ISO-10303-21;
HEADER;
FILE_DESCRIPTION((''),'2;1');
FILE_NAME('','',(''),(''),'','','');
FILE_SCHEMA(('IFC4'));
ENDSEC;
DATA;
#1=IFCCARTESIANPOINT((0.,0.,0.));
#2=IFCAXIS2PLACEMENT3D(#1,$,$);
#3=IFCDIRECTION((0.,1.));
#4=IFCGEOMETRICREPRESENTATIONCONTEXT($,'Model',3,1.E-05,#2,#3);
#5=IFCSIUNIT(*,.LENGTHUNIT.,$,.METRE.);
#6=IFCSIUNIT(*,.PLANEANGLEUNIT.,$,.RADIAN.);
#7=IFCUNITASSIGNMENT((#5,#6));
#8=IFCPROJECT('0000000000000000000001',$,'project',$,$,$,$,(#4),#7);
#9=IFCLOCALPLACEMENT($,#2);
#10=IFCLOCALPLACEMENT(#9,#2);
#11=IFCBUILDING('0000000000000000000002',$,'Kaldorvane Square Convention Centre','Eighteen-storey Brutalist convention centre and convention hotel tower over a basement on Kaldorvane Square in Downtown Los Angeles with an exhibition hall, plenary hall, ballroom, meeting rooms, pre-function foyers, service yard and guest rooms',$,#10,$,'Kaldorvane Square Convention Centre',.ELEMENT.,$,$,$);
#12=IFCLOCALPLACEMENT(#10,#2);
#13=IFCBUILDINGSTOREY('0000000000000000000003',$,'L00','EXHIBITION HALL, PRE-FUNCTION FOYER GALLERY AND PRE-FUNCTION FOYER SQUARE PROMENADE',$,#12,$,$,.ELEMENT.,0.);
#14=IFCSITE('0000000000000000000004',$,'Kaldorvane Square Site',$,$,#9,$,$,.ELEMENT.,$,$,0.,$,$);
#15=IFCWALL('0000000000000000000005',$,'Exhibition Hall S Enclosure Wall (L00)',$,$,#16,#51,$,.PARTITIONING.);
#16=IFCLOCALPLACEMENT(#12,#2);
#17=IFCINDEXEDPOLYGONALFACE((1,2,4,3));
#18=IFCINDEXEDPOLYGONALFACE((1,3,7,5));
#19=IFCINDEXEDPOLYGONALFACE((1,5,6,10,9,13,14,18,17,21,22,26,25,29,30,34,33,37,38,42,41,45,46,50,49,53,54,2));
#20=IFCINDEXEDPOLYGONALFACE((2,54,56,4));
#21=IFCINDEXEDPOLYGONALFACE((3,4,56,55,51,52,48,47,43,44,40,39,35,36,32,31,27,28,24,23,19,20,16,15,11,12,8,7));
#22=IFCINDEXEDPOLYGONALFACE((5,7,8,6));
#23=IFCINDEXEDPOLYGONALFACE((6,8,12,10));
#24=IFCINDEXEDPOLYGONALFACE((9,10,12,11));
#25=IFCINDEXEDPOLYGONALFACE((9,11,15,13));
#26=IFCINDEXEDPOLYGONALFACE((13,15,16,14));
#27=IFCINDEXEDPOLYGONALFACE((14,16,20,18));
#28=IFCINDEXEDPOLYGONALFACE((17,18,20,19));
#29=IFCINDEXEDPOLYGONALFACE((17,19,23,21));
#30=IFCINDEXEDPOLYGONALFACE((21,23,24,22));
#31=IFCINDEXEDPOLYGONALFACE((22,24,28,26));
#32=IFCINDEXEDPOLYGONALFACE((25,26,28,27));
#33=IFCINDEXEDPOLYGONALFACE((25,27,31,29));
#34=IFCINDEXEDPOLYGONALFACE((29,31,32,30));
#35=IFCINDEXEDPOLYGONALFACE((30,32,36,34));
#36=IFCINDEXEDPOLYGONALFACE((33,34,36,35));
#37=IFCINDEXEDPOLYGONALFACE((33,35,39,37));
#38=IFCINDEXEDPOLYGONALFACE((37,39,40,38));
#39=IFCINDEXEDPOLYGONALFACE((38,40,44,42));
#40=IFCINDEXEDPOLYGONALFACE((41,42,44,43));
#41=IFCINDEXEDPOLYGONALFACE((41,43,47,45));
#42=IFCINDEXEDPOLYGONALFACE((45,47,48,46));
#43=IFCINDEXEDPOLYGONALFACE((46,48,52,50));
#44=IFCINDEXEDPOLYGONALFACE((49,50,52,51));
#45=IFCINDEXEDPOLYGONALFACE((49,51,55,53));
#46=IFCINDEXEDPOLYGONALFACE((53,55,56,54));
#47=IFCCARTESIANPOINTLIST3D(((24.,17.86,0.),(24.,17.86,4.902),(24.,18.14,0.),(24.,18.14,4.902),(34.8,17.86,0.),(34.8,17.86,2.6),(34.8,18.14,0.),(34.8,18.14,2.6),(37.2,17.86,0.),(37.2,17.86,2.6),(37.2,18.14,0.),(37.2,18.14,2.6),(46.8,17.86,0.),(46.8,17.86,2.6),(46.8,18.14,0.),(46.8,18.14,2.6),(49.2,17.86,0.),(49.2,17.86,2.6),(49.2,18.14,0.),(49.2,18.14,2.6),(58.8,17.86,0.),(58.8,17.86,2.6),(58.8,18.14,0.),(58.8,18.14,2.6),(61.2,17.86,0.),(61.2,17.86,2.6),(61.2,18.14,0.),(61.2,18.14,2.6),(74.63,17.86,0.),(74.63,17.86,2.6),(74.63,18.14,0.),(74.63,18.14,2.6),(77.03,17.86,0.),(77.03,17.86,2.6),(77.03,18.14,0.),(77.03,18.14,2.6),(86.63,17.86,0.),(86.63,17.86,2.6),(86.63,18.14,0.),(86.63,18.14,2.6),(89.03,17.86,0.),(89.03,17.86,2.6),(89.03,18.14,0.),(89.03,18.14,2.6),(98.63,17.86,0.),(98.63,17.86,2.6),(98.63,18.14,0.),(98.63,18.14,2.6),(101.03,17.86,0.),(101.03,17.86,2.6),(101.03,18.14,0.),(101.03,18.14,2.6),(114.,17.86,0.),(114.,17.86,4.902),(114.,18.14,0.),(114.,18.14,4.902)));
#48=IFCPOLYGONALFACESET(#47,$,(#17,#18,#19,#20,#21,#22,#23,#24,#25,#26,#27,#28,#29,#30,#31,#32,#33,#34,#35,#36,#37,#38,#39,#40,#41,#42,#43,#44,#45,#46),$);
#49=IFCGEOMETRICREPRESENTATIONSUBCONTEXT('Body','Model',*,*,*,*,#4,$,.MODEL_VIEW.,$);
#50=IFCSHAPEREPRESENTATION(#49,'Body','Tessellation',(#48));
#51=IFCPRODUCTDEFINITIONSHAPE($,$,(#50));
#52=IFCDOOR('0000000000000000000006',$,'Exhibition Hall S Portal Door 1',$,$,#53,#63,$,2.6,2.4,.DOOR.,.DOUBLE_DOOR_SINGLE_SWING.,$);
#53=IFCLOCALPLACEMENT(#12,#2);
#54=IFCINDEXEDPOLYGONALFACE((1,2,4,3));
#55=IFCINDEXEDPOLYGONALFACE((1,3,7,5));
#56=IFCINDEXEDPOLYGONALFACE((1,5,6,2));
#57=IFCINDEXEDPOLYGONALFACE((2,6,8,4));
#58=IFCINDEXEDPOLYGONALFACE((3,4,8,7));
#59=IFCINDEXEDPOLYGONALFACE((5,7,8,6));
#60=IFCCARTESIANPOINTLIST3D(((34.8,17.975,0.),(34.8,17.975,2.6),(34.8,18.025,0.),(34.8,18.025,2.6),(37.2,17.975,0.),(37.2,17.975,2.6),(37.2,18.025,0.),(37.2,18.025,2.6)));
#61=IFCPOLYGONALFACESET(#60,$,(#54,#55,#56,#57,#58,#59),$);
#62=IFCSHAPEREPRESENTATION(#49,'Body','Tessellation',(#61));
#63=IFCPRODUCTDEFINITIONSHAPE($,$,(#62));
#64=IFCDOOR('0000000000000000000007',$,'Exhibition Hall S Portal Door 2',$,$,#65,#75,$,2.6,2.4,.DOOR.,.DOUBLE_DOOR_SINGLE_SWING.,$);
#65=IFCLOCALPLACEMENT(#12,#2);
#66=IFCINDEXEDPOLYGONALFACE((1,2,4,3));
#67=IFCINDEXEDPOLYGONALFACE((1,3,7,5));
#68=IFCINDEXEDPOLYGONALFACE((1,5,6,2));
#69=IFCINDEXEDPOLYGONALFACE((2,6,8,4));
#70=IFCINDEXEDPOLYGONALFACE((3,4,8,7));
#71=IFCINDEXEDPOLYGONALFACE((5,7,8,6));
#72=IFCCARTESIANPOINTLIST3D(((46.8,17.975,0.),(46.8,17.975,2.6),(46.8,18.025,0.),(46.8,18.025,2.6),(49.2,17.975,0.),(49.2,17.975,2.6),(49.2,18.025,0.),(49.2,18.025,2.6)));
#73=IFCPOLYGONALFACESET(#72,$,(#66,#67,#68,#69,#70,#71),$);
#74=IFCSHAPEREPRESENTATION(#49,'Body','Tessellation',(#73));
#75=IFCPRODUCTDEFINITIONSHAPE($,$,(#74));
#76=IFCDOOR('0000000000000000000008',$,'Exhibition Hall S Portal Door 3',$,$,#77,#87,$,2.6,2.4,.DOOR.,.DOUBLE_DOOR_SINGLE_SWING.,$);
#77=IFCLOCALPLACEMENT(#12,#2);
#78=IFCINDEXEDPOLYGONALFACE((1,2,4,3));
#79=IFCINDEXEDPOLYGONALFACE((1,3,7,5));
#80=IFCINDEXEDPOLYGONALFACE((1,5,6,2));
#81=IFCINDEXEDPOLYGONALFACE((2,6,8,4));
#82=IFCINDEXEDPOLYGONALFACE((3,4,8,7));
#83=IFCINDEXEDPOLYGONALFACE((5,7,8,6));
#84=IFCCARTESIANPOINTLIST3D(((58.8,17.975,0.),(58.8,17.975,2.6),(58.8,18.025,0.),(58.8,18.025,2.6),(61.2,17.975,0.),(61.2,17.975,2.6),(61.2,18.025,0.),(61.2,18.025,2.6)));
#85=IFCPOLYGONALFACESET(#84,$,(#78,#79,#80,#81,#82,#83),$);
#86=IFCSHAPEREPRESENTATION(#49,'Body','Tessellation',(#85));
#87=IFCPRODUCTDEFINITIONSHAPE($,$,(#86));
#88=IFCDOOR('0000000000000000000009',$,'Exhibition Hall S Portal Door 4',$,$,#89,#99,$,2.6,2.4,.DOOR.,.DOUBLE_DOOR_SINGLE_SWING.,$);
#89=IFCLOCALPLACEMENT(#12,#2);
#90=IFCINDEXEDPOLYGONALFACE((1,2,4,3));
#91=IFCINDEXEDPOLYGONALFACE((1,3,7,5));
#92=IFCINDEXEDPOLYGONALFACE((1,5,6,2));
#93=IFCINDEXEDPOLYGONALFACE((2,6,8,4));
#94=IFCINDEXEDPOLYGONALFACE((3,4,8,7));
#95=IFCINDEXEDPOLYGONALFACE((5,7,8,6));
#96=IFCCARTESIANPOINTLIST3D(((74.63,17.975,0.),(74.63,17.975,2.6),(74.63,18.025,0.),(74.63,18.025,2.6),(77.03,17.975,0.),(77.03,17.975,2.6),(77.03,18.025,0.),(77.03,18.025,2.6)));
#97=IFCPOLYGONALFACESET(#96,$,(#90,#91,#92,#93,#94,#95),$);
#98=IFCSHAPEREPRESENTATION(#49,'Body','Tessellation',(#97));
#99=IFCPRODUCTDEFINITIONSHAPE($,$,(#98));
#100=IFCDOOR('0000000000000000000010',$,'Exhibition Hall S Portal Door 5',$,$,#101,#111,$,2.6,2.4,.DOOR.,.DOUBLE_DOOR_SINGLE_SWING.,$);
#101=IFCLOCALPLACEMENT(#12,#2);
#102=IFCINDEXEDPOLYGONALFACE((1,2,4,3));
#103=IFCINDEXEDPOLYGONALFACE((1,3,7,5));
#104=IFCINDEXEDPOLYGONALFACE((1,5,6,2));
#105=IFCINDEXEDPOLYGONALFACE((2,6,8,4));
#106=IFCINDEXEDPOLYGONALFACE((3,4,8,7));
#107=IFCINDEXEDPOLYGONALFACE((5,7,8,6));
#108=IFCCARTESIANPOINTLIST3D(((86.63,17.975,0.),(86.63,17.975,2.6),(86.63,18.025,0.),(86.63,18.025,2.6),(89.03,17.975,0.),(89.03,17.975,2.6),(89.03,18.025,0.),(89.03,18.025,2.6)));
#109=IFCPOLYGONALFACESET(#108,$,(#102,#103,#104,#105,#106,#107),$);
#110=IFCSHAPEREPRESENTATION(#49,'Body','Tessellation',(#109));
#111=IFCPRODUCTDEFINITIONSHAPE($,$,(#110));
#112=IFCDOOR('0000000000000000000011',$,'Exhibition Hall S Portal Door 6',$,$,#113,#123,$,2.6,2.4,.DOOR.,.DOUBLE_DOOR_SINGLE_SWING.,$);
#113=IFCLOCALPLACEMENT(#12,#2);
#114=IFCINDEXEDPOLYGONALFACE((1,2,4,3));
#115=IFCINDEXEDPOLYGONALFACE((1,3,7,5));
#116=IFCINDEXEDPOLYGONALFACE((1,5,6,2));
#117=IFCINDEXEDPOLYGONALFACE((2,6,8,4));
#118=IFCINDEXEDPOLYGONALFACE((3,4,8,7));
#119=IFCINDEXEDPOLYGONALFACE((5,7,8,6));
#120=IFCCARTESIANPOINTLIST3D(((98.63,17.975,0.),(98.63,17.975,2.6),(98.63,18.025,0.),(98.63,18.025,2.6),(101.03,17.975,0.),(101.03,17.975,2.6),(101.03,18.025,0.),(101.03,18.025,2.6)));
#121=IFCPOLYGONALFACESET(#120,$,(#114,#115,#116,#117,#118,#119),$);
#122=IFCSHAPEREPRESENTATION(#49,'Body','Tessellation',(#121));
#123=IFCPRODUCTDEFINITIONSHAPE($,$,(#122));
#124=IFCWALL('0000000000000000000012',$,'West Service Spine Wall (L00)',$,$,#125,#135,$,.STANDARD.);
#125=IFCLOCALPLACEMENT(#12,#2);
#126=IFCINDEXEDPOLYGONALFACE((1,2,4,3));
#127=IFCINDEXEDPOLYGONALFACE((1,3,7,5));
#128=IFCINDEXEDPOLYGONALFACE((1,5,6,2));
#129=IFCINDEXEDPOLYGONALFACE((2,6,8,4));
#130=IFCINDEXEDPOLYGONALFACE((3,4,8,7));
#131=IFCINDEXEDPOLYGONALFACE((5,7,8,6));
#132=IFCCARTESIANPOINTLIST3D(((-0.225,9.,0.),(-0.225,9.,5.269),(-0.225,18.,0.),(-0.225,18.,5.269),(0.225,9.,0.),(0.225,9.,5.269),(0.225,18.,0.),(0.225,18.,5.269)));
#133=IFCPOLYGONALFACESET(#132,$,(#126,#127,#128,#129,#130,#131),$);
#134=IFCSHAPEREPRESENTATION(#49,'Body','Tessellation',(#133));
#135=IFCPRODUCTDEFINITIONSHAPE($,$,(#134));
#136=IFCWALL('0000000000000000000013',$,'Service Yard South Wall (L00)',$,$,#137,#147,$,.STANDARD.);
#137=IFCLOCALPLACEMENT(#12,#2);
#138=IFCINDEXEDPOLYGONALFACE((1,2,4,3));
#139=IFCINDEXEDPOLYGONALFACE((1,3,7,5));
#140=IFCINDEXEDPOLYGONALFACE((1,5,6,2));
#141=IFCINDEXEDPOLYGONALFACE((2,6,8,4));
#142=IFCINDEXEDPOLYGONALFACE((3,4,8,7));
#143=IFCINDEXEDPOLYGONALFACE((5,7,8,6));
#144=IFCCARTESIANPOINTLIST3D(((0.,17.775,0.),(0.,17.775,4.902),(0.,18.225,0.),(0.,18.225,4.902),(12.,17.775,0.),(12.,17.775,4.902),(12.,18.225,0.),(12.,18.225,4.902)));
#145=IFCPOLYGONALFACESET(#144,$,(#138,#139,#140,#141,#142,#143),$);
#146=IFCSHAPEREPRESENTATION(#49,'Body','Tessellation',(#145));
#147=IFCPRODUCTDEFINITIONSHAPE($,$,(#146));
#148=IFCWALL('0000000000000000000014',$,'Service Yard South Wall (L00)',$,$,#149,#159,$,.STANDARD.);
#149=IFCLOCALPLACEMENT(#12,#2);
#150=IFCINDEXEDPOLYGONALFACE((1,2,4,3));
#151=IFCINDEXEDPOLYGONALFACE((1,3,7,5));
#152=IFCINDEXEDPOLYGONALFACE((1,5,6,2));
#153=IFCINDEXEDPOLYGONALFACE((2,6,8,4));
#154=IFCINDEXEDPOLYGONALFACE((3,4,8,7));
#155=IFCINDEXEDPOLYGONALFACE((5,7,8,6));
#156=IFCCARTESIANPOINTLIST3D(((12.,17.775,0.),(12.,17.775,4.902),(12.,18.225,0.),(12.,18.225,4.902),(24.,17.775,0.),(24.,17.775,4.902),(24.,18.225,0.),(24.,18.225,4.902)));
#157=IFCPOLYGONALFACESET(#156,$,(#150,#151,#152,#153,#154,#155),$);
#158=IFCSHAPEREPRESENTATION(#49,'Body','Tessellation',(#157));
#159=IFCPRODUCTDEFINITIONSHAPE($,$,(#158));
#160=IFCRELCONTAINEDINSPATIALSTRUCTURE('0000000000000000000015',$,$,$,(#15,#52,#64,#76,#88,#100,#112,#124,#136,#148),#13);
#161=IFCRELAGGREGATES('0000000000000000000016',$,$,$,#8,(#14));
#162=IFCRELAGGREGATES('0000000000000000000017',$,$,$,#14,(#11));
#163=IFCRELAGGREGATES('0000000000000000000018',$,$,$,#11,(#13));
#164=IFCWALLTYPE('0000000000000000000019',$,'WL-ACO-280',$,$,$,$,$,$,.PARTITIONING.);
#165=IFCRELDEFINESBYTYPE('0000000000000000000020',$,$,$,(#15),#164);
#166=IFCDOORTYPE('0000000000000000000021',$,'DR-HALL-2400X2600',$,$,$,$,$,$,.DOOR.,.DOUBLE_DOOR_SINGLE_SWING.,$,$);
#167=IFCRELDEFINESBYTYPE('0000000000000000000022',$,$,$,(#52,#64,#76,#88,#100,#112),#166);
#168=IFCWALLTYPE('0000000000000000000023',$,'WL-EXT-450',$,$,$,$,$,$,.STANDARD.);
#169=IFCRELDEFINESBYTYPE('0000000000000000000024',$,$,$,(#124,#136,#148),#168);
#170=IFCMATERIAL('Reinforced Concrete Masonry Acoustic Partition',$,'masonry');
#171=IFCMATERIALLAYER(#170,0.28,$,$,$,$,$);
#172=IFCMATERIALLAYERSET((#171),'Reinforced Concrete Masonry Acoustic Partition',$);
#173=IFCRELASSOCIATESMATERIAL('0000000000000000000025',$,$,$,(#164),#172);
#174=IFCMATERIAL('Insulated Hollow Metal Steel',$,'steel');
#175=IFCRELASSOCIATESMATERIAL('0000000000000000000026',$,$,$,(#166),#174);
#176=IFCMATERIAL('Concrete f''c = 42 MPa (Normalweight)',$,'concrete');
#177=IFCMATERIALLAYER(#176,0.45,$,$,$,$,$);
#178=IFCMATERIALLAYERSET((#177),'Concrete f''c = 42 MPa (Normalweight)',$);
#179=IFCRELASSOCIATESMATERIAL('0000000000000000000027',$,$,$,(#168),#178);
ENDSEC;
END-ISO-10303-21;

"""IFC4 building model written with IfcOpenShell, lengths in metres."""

from ifc_helpers import new_model, si_unit, direction, frame, frame_2d, origin, place, context, subcontext, project, spatial, rectangle, extrude, material, layer, layer_set, type_object, element, fill, save


model = new_model("IFC4")

# Units and contexts
model_context = context("Model", 3, precision=1e-05, world=origin(), true_north=direction((0.0, 1.0)))
body_context = subcontext(model_context, "Body", "Model", "MODEL_VIEW")
ifc_project = project(units=[si_unit("LENGTHUNIT", "METRE"), si_unit("PLANEANGLEUNIT", "RADIAN")], contexts=[model_context])

# Site, building, storey
site_placement = place(None, origin())
site = spatial("IfcSite", under=ifc_project, at=site_placement, Name="Kaldorvane Square Site", CompositionType="ELEMENT", RefElevation=0.0)
building_placement = place(site_placement, origin())
building = spatial("IfcBuilding", under=site, at=building_placement, Name="Kaldorvane Square Convention Centre", Description="Eighteen-storey Brutalist convention centre and convention hotel tower over a basement on Kaldorvane Square in Downtown Los Angeles with an exhibition hall, plenary hall, ballroom, meeting rooms, pre-function foyers, service yard and guest rooms", LongName="Kaldorvane Square Convention Centre", CompositionType="ELEMENT")
storey_placement = place(building_placement, origin())
storey = spatial("IfcBuildingStorey", under=building, at=storey_placement, Name="L00", Description="EXHIBITION HALL, PRE-FUNCTION FOYER GALLERY AND PRE-FUNCTION FOYER SQUARE PROMENADE", CompositionType="ELEMENT", Elevation=0.0)

# Wall, openings, doors
ifc_material_1 = material(Name="Reinforced Concrete Masonry Acoustic Partition", Category="masonry")
ifc_layer_1 = layer(ifc_material_1, 0.28)
ifc_layer_set_1 = layer_set([ifc_layer_1], Name="Reinforced Concrete Masonry Acoustic Partition")
wall_type_1 = type_object("IfcWallType", Name="WL-ACO-280", PredefinedType="PARTITIONING", material=ifc_layer_set_1)
wall_1_placement = place(storey_placement, frame((24.0, 18.0, 0.0), z_axis=(0.0, 0.0, 1.0), x_axis=(1.0, 0.0, 0.0)))
wall_1 = element("IfcWall", 1, at=wall_1_placement, inside=storey, type_object=wall_type_1, Name="Exhibition Hall S Enclosure Wall (L00)", PredefinedType="PARTITIONING", context=body_context, shape_type="SweptSolid", body=[
    extrude(rectangle(XDim=90.0, YDim=0.28, at=frame_2d((45.0, 0.0))), origin(), (0.0, 0.0, 1.0), 4.902),
])
opening_1_placement = place(wall_1_placement, frame((10.8, 0.0, 0.0)))
opening_1 = element("IfcOpeningElement", 2, at=opening_1_placement, cuts=wall_1, PredefinedType="OPENING", context=body_context, shape_type="SweptSolid", body=[
    extrude(rectangle(XDim=2.4, YDim=2.6, at=frame_2d((1.2, 1.3))), frame((0.0, 0.155, 0.0), z_axis=(0.0, -1.0, 0.0), x_axis=(1.0, 0.0, 0.0)), (0.0, 0.0, 1.0), 0.31),
])
opening_2_placement = place(wall_1_placement, frame((22.8, 0.0, 0.0)))
opening_2 = element("IfcOpeningElement", 3, at=opening_2_placement, cuts=wall_1, PredefinedType="OPENING", context=body_context, shape_type="SweptSolid", body=[
    extrude(rectangle(XDim=2.4, YDim=2.6, at=frame_2d((1.2, 1.3))), frame((0.0, 0.155, 0.0), z_axis=(0.0, -1.0, 0.0), x_axis=(1.0, 0.0, 0.0)), (0.0, 0.0, 1.0), 0.31),
])
opening_3_placement = place(wall_1_placement, frame((34.8, 0.0, 0.0)))
opening_3 = element("IfcOpeningElement", 4, at=opening_3_placement, cuts=wall_1, PredefinedType="OPENING", context=body_context, shape_type="SweptSolid", body=[
    extrude(rectangle(XDim=2.4, YDim=2.6, at=frame_2d((1.2, 1.3))), frame((0.0, 0.155, 0.0), z_axis=(0.0, -1.0, 0.0), x_axis=(1.0, 0.0, 0.0)), (0.0, 0.0, 1.0), 0.31),
])
opening_4_placement = place(wall_1_placement, frame((50.63, 0.0, 0.0)))
opening_4 = element("IfcOpeningElement", 5, at=opening_4_placement, cuts=wall_1, PredefinedType="OPENING", context=body_context, shape_type="SweptSolid", body=[
    extrude(rectangle(XDim=2.4, YDim=2.6, at=frame_2d((1.2, 1.3))), frame((0.0, 0.155, 0.0), z_axis=(0.0, -1.0, 0.0), x_axis=(1.0, 0.0, 0.0)), (0.0, 0.0, 1.0), 0.31),
])
opening_5_placement = place(wall_1_placement, frame((62.63, 0.0, 0.0)))
opening_5 = element("IfcOpeningElement", 6, at=opening_5_placement, cuts=wall_1, PredefinedType="OPENING", context=body_context, shape_type="SweptSolid", body=[
    extrude(rectangle(XDim=2.4, YDim=2.6, at=frame_2d((1.2, 1.3))), frame((0.0, 0.155, 0.0), z_axis=(0.0, -1.0, 0.0), x_axis=(1.0, 0.0, 0.0)), (0.0, 0.0, 1.0), 0.31),
])
opening_6_placement = place(wall_1_placement, frame((74.63, 0.0, 0.0)))
opening_6 = element("IfcOpeningElement", 7, at=opening_6_placement, cuts=wall_1, PredefinedType="OPENING", context=body_context, shape_type="SweptSolid", body=[
    extrude(rectangle(XDim=2.4, YDim=2.6, at=frame_2d((1.2, 1.3))), frame((0.0, 0.155, 0.0), z_axis=(0.0, -1.0, 0.0), x_axis=(1.0, 0.0, 0.0)), (0.0, 0.0, 1.0), 0.31),
])
ifc_material_2 = material(Name="Insulated Hollow Metal Steel", Category="steel")
door_type = type_object("IfcDoorType", Name="DR-HALL-2400X2600", OperationType="DOUBLE_DOOR_SINGLE_SWING", PredefinedType="DOOR", material=ifc_material_2)
door_1_placement = place(opening_1_placement, origin())
door_1 = element("IfcDoor", 8, at=door_1_placement, inside=storey, type_object=door_type, Name="Exhibition Hall S Portal Door 1", OperationType="DOUBLE_DOOR_SINGLE_SWING", OverallHeight=2.6, OverallWidth=2.4, PredefinedType="DOOR", context=body_context, shape_type="SweptSolid", body=[
    extrude(rectangle(XDim=2.4, YDim=2.6, at=frame_2d((1.2, 1.3))), frame((0.0, 0.025, 0.0), z_axis=(0.0, -1.0, 0.0), x_axis=(1.0, 0.0, 0.0)), (0.0, 0.0, 1.0), 0.05),
])
fill(opening_1, door_1)
door_2_placement = place(opening_2_placement, origin())
door_2 = element("IfcDoor", 9, at=door_2_placement, inside=storey, type_object=door_type, Name="Exhibition Hall S Portal Door 2", OperationType="DOUBLE_DOOR_SINGLE_SWING", OverallHeight=2.6, OverallWidth=2.4, PredefinedType="DOOR", context=body_context, shape_type="SweptSolid", body=[
    extrude(rectangle(XDim=2.4, YDim=2.6, at=frame_2d((1.2, 1.3))), frame((0.0, 0.025, 0.0), z_axis=(0.0, -1.0, 0.0), x_axis=(1.0, 0.0, 0.0)), (0.0, 0.0, 1.0), 0.05),
])
fill(opening_2, door_2)
door_3_placement = place(opening_3_placement, origin())
door_3 = element("IfcDoor", 10, at=door_3_placement, inside=storey, type_object=door_type, Name="Exhibition Hall S Portal Door 3", OperationType="DOUBLE_DOOR_SINGLE_SWING", OverallHeight=2.6, OverallWidth=2.4, PredefinedType="DOOR", context=body_context, shape_type="SweptSolid", body=[
    extrude(rectangle(XDim=2.4, YDim=2.6, at=frame_2d((1.2, 1.3))), frame((0.0, 0.025, 0.0), z_axis=(0.0, -1.0, 0.0), x_axis=(1.0, 0.0, 0.0)), (0.0, 0.0, 1.0), 0.05),
])
fill(opening_3, door_3)
door_4_placement = place(opening_4_placement, origin())
door_4 = element("IfcDoor", 11, at=door_4_placement, inside=storey, type_object=door_type, Name="Exhibition Hall S Portal Door 4", OperationType="DOUBLE_DOOR_SINGLE_SWING", OverallHeight=2.6, OverallWidth=2.4, PredefinedType="DOOR", context=body_context, shape_type="SweptSolid", body=[
    extrude(rectangle(XDim=2.4, YDim=2.6, at=frame_2d((1.2, 1.3))), frame((0.0, 0.025, 0.0), z_axis=(0.0, -1.0, 0.0), x_axis=(1.0, 0.0, 0.0)), (0.0, 0.0, 1.0), 0.05),
])
fill(opening_4, door_4)
door_5_placement = place(opening_5_placement, origin())
door_5 = element("IfcDoor", 12, at=door_5_placement, inside=storey, type_object=door_type, Name="Exhibition Hall S Portal Door 5", OperationType="DOUBLE_DOOR_SINGLE_SWING", OverallHeight=2.6, OverallWidth=2.4, PredefinedType="DOOR", context=body_context, shape_type="SweptSolid", body=[
    extrude(rectangle(XDim=2.4, YDim=2.6, at=frame_2d((1.2, 1.3))), frame((0.0, 0.025, 0.0), z_axis=(0.0, -1.0, 0.0), x_axis=(1.0, 0.0, 0.0)), (0.0, 0.0, 1.0), 0.05),
])
fill(opening_5, door_5)
door_6_placement = place(opening_6_placement, origin())
door_6 = element("IfcDoor", 13, at=door_6_placement, inside=storey, type_object=door_type, Name="Exhibition Hall S Portal Door 6", OperationType="DOUBLE_DOOR_SINGLE_SWING", OverallHeight=2.6, OverallWidth=2.4, PredefinedType="DOOR", context=body_context, shape_type="SweptSolid", body=[
    extrude(rectangle(XDim=2.4, YDim=2.6, at=frame_2d((1.2, 1.3))), frame((0.0, 0.025, 0.0), z_axis=(0.0, -1.0, 0.0), x_axis=(1.0, 0.0, 0.0)), (0.0, 0.0, 1.0), 0.05),
])
fill(opening_6, door_6)

# Walls
ifc_material_3 = material(Name="Concrete f'c = 42 MPa (Normalweight)", Category="concrete")
ifc_layer_2 = layer(ifc_material_3, 0.45)
ifc_layer_set_2 = layer_set([ifc_layer_2], Name="Concrete f'c = 42 MPa (Normalweight)")
wall_type_2 = type_object("IfcWallType", Name="WL-EXT-450", PredefinedType="STANDARD", material=ifc_layer_set_2)
wall_2_placement = place(storey_placement, frame((0.0, 18.0, 0.0), z_axis=(0.0, 0.0, 1.0), x_axis=(0.0, -1.0, 0.0)))
element("IfcWall", 14, at=wall_2_placement, inside=storey, type_object=wall_type_2, Name="West Service Spine Wall (L00)", PredefinedType="STANDARD", context=body_context, shape_type="SweptSolid", body=[
    extrude(rectangle(XDim=9.0, YDim=0.45, at=frame_2d((4.5, 0.0))), origin(), (0.0, 0.0, 1.0), 5.269),
])
for number, where, z_axis, x_axis, name in (
    (15, (0.0, 18.0, 0.0), (0.0, 0.0, 1.0), (1.0, 0.0, 0.0), "Service Yard South Wall (L00)"),
    (16, (12.0, 18.0, 0.0), (0.0, 0.0, 1.0), (1.0, 0.0, 0.0), "Service Yard South Wall (L00)"),
):
    element("IfcWall", number, at=place(storey_placement, frame(where, z_axis=z_axis, x_axis=x_axis)), inside=storey, type_object=wall_type_2, Name=name, PredefinedType="STANDARD", context=body_context, shape_type="SweptSolid", body=[
        extrude(rectangle(XDim=12.0, YDim=0.45, at=frame_2d((6.0, 0.0))), origin(), (0.0, 0.0, 1.0), 4.902),
    ])

save(model, "model.ifc")
